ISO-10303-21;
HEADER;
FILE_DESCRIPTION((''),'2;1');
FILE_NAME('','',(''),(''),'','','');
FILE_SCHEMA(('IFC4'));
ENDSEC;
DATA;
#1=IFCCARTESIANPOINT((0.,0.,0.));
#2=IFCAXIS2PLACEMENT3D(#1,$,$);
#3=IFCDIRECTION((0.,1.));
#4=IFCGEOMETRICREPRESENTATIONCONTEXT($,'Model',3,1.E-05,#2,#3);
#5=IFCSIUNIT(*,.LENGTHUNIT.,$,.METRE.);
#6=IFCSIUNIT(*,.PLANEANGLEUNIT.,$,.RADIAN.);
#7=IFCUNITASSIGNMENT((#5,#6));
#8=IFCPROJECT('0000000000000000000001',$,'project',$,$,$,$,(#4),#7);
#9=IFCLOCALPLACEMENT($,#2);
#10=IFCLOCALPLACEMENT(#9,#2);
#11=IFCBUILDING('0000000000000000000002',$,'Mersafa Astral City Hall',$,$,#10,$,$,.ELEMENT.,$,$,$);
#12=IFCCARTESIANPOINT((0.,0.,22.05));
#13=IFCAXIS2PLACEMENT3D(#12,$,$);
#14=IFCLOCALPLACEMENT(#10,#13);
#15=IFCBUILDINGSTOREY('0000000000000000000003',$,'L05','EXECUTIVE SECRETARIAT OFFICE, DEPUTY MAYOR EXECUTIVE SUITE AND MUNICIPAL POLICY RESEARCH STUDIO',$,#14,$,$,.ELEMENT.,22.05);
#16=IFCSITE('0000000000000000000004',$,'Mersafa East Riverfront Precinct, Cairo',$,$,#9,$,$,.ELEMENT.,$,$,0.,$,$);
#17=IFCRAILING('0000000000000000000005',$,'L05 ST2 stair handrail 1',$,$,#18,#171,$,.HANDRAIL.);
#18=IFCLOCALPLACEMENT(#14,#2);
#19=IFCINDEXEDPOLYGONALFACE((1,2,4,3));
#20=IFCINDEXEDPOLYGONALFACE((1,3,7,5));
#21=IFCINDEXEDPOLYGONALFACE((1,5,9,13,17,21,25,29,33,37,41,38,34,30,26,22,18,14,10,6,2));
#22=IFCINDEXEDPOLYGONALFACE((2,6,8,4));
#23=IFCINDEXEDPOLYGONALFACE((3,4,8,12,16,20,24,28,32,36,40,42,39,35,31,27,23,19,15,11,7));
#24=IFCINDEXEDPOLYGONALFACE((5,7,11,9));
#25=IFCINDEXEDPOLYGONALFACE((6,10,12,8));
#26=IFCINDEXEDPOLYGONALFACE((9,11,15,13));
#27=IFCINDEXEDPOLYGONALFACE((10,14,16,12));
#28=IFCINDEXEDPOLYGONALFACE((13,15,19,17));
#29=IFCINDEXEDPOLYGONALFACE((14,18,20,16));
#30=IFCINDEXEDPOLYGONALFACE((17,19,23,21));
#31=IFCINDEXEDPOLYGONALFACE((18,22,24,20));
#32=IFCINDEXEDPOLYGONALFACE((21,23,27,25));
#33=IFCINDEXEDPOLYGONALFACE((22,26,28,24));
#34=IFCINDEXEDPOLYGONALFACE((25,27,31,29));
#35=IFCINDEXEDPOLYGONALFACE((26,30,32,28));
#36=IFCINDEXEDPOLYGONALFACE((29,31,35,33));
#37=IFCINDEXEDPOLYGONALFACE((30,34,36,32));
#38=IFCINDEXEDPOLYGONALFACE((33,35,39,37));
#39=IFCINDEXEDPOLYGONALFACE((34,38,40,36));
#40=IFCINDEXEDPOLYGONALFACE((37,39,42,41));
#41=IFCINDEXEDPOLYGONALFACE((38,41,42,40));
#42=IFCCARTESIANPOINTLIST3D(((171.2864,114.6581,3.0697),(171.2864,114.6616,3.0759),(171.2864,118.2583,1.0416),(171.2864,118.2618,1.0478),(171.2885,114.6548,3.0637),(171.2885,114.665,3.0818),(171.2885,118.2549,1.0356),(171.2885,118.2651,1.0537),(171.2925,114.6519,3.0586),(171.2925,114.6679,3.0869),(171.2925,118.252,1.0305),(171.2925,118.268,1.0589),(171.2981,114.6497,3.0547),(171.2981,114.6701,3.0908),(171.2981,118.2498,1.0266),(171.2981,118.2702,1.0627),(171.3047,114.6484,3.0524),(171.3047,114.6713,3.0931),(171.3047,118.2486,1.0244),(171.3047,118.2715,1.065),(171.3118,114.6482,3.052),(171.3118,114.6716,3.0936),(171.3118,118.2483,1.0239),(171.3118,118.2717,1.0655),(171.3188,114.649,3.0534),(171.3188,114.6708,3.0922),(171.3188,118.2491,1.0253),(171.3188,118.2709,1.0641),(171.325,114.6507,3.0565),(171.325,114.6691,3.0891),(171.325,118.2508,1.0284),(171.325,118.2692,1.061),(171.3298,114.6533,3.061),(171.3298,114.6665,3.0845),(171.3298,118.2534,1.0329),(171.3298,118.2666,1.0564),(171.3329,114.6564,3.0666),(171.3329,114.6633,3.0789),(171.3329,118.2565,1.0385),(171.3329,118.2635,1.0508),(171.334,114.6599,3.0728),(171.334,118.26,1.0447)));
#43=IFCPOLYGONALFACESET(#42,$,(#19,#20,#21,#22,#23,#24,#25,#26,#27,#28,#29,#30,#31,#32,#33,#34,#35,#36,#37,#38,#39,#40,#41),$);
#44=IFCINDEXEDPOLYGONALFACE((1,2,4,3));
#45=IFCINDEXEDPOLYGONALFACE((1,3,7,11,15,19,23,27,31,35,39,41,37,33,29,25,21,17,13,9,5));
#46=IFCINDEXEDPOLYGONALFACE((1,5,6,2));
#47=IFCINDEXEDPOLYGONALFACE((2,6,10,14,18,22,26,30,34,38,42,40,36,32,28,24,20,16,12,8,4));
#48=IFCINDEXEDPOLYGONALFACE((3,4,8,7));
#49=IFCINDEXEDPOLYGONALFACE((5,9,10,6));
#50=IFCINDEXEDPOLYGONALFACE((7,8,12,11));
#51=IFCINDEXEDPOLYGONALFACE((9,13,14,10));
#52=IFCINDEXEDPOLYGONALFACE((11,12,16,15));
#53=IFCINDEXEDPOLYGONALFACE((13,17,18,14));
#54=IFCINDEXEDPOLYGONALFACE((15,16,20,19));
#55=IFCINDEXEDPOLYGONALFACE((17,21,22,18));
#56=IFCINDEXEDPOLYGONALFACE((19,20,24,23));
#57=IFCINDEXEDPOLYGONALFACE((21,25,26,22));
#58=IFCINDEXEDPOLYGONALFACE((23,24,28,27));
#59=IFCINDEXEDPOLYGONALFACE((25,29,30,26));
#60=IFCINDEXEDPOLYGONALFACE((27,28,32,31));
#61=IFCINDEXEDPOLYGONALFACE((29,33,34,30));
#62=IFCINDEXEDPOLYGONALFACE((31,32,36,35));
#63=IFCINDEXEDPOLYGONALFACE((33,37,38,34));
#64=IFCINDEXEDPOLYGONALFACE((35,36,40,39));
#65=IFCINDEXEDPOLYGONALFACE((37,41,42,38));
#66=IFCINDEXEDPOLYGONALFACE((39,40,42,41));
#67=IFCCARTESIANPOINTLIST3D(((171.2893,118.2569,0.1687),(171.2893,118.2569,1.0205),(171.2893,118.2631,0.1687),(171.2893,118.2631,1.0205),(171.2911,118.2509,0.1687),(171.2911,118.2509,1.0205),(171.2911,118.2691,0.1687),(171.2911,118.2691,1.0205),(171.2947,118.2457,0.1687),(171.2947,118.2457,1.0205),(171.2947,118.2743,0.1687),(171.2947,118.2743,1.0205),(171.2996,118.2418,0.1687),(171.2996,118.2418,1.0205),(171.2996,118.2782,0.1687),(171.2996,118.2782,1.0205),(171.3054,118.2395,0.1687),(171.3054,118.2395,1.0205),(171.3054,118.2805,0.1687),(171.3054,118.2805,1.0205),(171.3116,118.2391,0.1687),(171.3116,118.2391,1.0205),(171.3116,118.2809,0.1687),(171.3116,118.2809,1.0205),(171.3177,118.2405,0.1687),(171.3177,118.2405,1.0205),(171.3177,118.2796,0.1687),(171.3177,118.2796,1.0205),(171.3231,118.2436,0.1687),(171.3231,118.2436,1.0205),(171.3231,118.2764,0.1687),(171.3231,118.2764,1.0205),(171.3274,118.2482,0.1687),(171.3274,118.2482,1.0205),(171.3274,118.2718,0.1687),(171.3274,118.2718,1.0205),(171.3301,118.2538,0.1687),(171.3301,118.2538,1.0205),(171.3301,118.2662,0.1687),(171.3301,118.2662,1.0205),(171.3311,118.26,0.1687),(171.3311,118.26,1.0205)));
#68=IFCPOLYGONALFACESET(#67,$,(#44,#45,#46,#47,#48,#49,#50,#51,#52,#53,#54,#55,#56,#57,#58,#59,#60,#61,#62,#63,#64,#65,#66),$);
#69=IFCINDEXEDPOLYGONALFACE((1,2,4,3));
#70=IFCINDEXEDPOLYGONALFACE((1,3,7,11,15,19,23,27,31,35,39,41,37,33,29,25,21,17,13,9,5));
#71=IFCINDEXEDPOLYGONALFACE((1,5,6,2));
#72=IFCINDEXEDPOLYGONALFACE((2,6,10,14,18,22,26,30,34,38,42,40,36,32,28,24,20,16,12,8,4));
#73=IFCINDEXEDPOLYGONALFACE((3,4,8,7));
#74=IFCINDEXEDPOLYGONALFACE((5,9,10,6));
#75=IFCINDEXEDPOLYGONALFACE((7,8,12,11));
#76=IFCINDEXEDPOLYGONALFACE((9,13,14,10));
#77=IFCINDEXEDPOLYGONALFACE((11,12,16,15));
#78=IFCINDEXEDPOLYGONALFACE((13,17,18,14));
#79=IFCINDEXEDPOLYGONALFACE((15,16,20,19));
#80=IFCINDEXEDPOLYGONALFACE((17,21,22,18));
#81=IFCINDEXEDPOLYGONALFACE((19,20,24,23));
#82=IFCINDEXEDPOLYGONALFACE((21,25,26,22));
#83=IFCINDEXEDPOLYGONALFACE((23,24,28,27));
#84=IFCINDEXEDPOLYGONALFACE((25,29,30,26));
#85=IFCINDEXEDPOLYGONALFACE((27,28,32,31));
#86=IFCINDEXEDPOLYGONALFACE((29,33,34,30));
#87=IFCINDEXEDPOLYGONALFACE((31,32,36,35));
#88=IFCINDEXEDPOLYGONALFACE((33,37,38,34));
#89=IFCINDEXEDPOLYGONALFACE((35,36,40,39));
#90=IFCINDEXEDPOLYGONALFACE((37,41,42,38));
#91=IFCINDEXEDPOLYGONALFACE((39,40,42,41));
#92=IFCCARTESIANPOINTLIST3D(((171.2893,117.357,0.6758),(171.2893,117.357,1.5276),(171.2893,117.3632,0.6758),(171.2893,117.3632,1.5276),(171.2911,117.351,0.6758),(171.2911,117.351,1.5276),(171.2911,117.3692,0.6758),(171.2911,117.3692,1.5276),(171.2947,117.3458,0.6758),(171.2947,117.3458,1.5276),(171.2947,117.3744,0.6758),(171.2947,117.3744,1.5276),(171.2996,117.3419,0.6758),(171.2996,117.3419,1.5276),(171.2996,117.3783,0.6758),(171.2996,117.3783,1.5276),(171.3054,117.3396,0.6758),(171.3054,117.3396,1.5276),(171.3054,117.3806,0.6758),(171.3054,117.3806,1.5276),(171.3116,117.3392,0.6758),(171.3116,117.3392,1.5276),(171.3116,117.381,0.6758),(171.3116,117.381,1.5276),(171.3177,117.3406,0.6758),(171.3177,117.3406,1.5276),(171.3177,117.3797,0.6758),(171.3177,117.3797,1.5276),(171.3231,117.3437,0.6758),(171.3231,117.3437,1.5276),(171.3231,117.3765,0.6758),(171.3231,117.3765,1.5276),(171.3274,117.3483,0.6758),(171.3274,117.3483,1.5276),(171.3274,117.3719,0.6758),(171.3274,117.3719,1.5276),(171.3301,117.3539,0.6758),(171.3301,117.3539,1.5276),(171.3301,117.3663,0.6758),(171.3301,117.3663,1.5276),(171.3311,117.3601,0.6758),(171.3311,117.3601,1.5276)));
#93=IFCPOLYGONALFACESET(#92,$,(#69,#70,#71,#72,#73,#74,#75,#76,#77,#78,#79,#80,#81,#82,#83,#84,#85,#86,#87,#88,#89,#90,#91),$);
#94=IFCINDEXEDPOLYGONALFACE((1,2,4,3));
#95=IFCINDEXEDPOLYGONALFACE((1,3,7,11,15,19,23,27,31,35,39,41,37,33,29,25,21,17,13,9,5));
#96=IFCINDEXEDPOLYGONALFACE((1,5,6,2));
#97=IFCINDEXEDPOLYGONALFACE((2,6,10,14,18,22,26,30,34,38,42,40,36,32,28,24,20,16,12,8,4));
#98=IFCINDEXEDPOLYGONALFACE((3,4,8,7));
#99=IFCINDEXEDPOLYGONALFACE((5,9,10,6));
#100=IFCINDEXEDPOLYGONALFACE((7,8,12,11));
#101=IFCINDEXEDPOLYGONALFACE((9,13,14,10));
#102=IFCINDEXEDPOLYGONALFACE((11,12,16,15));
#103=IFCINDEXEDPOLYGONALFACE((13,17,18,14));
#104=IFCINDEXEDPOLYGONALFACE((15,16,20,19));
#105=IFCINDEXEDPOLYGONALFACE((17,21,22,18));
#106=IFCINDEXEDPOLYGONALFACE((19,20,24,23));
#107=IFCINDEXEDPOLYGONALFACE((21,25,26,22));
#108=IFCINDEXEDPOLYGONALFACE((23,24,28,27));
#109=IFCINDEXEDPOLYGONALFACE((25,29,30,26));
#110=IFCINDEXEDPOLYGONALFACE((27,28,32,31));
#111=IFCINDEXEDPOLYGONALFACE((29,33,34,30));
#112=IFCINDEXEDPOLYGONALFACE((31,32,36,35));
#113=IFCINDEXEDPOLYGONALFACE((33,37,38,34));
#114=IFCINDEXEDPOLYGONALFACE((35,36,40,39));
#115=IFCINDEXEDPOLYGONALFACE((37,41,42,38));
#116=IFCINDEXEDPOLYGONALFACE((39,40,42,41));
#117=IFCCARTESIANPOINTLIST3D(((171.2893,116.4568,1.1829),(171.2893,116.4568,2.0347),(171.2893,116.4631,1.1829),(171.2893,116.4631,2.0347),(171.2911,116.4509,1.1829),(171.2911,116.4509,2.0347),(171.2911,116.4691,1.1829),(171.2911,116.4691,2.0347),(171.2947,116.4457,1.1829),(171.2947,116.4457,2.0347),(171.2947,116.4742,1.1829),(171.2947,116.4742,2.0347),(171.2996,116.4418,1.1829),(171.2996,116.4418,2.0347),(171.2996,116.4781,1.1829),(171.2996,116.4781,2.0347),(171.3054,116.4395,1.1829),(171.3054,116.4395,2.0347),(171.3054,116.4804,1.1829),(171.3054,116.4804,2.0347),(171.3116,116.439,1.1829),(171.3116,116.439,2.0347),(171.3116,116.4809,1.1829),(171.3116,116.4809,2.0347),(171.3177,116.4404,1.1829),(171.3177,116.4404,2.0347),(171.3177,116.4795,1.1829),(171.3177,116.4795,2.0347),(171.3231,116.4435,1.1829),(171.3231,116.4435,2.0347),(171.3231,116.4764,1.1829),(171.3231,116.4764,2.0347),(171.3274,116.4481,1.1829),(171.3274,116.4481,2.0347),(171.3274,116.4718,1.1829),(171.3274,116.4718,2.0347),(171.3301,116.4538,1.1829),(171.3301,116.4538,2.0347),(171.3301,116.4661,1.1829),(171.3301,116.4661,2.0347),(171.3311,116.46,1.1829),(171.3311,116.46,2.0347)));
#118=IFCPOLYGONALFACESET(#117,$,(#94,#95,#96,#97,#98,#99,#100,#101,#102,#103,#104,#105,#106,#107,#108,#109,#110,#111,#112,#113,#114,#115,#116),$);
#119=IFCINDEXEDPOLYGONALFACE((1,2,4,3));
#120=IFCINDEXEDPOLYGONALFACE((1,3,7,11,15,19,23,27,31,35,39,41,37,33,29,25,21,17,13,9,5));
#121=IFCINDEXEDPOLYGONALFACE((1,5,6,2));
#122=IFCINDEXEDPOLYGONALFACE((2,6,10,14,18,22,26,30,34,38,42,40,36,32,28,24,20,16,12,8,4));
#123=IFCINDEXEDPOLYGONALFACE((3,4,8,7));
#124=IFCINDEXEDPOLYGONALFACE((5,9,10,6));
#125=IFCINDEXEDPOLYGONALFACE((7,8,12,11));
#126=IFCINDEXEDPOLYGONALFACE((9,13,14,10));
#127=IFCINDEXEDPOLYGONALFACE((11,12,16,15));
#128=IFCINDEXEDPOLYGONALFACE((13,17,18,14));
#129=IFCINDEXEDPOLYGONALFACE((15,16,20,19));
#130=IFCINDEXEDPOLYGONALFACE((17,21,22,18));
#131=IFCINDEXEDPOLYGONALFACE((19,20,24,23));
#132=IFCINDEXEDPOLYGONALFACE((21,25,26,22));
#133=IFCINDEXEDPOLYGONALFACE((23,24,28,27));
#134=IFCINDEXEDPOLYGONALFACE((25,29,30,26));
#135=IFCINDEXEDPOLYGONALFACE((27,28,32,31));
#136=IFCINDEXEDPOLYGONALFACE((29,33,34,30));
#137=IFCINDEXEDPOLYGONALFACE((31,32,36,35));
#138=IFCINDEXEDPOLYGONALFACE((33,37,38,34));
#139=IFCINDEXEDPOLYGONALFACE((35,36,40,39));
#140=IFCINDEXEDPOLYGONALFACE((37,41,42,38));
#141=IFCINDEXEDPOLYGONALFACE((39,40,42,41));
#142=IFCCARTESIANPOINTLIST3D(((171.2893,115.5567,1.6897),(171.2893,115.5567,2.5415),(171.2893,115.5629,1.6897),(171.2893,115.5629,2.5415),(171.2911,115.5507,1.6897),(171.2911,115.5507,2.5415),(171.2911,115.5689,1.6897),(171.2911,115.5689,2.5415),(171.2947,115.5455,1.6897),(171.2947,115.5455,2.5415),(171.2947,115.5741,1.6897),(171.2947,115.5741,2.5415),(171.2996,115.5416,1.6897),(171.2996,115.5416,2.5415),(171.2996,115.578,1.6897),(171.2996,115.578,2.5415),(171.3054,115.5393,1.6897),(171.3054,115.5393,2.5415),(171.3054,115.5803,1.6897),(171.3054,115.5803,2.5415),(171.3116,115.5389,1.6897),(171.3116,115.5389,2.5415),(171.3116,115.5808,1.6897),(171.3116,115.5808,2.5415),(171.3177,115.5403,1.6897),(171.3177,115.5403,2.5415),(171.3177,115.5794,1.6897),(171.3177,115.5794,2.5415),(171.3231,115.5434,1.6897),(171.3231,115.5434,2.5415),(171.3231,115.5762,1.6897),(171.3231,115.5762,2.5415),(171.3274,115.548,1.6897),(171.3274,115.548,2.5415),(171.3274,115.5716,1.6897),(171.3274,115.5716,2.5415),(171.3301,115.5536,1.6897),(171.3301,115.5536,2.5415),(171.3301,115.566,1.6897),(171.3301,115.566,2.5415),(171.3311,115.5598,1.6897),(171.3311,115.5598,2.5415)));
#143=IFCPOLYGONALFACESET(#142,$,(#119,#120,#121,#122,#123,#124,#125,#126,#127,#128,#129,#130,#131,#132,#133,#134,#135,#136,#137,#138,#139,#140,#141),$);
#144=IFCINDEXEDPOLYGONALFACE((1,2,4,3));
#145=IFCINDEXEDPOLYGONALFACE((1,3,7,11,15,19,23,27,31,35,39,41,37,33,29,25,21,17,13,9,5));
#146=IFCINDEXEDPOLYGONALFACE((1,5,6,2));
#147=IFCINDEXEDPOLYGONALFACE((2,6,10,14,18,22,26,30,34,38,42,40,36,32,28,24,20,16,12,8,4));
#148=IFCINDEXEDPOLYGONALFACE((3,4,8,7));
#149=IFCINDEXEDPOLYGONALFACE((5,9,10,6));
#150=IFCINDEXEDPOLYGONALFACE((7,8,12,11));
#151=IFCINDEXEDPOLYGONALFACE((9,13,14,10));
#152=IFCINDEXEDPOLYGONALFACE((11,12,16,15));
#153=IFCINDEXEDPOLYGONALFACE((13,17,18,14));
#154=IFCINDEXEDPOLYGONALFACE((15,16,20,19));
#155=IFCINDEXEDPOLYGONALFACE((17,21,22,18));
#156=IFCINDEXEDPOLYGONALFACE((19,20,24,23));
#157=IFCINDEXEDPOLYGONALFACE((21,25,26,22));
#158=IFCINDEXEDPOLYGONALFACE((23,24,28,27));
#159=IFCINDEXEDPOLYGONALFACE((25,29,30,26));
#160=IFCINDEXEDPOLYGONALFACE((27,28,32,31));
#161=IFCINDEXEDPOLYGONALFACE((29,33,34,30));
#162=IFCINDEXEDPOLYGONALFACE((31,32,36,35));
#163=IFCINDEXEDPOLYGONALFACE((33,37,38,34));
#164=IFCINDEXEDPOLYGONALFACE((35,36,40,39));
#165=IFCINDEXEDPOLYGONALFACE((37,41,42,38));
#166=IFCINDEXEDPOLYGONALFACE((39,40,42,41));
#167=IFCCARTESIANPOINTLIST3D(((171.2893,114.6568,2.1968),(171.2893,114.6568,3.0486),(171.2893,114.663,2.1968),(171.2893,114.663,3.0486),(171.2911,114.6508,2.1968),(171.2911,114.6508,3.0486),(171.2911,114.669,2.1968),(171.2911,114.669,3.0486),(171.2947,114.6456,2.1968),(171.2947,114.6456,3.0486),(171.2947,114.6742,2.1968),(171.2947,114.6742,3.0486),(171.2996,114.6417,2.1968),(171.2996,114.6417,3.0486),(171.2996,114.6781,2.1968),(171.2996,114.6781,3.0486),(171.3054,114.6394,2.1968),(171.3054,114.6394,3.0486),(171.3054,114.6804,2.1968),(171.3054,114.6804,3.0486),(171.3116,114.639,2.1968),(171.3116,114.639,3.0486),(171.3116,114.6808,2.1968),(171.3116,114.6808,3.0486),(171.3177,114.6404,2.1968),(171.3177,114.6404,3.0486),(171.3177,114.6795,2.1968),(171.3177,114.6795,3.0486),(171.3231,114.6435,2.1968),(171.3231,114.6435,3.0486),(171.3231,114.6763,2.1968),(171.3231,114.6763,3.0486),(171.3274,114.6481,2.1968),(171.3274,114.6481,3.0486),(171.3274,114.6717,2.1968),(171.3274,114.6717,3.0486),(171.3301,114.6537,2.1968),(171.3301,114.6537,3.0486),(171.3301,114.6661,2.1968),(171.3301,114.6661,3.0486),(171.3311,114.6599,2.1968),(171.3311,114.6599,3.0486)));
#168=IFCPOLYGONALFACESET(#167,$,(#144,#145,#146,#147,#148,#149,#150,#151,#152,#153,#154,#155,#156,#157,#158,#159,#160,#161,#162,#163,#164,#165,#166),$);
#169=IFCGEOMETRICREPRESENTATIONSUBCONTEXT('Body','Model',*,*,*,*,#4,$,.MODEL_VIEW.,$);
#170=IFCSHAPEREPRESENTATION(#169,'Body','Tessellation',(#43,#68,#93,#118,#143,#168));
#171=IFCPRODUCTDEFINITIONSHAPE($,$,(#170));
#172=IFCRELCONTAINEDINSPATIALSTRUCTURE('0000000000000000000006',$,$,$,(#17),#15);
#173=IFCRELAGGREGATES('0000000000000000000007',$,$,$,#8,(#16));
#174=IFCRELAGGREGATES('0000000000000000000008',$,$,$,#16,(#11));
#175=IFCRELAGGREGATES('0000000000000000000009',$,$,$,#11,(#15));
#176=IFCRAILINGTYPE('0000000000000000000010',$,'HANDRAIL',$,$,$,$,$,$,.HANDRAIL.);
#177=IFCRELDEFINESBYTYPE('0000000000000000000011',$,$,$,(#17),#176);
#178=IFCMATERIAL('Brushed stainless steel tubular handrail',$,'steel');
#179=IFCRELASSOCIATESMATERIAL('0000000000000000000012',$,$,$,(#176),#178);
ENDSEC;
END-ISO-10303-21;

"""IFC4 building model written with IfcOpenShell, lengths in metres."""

from ifc_helpers import new_model, si_unit, direction, frame, origin, origin_2d, place, context, subcontext, project, spatial, circle, extrude, material, type_object, element, save


model = new_model("IFC4")

# Units and contexts
model_context = context("Model", 3, precision=1e-05, world=origin(), true_north=direction((0.0, 1.0)))
body_context = subcontext(model_context, "Body", "Model", "MODEL_VIEW")
ifc_project = project(units=[si_unit("LENGTHUNIT", "METRE"), si_unit("PLANEANGLEUNIT", "RADIAN")], contexts=[model_context])

# Site, building, storey
site_placement = place(None, origin())
site = spatial("IfcSite", under=ifc_project, at=site_placement, Name="Mersafa East Riverfront Precinct, Cairo", CompositionType="ELEMENT", RefElevation=0.0)
building_placement = place(site_placement, origin())
building = spatial("IfcBuilding", under=site, at=building_placement, Name="Mersafa Astral City Hall", CompositionType="ELEMENT")
storey_placement = place(building_placement, frame((0.0, 0.0, 22.05)))
storey = spatial("IfcBuildingStorey", under=building, at=storey_placement, Name="L05", Description="EXECUTIVE SECRETARIAT OFFICE, DEPUTY MAYOR EXECUTIVE SUITE AND MUNICIPAL POLICY RESEARCH STUDIO", CompositionType="ELEMENT", Elevation=22.05)

# Railing
ifc_material_1 = material(Name="Brushed stainless steel tubular handrail", Category="steel")
railing_type_1 = type_object("IfcRailingType", Name="HANDRAIL", PredefinedType="HANDRAIL", material=ifc_material_1)
railing_1_placement = place(storey_placement, frame((171.3101, 118.26, 0.1687)))
element("IfcRailing", 1, at=railing_1_placement, inside=storey, type_object=railing_type_1, Name="L05 ST2 stair handrail 1", PredefinedType="HANDRAIL", context=body_context, shape_type="SweptSolid", body=[
    extrude(circle(Radius=0.0239, at=origin_2d()), frame((0.0, 0.0, 0.876), z_axis=(0.0, -0.871263, 0.490817), x_axis=(1.0, 0.0, 0.0)), (0.0, 0.0, 1.0), 4.1321),
    extrude(circle(Radius=0.021, at=origin_2d()), origin(), (0.0, 0.0, 1.0), 0.8518),
    extrude(circle(Radius=0.021, at=origin_2d()), frame((0.0, -0.8999, 0.5071)), (0.0, 0.0, 1.0), 0.8518),
    extrude(circle(Radius=0.021, at=origin_2d()), frame((0.0, -1.8, 1.0142)), (0.0, 0.0, 1.0), 0.8518),
    extrude(circle(Radius=0.021, at=origin_2d()), frame((0.0, -2.7002, 1.521)), (0.0, 0.0, 1.0), 0.8518),
    extrude(circle(Radius=0.021, at=origin_2d()), frame((0.0, -3.6001, 2.0281)), (0.0, 0.0, 1.0), 0.8518),
])

save(model, "model.ifc")
